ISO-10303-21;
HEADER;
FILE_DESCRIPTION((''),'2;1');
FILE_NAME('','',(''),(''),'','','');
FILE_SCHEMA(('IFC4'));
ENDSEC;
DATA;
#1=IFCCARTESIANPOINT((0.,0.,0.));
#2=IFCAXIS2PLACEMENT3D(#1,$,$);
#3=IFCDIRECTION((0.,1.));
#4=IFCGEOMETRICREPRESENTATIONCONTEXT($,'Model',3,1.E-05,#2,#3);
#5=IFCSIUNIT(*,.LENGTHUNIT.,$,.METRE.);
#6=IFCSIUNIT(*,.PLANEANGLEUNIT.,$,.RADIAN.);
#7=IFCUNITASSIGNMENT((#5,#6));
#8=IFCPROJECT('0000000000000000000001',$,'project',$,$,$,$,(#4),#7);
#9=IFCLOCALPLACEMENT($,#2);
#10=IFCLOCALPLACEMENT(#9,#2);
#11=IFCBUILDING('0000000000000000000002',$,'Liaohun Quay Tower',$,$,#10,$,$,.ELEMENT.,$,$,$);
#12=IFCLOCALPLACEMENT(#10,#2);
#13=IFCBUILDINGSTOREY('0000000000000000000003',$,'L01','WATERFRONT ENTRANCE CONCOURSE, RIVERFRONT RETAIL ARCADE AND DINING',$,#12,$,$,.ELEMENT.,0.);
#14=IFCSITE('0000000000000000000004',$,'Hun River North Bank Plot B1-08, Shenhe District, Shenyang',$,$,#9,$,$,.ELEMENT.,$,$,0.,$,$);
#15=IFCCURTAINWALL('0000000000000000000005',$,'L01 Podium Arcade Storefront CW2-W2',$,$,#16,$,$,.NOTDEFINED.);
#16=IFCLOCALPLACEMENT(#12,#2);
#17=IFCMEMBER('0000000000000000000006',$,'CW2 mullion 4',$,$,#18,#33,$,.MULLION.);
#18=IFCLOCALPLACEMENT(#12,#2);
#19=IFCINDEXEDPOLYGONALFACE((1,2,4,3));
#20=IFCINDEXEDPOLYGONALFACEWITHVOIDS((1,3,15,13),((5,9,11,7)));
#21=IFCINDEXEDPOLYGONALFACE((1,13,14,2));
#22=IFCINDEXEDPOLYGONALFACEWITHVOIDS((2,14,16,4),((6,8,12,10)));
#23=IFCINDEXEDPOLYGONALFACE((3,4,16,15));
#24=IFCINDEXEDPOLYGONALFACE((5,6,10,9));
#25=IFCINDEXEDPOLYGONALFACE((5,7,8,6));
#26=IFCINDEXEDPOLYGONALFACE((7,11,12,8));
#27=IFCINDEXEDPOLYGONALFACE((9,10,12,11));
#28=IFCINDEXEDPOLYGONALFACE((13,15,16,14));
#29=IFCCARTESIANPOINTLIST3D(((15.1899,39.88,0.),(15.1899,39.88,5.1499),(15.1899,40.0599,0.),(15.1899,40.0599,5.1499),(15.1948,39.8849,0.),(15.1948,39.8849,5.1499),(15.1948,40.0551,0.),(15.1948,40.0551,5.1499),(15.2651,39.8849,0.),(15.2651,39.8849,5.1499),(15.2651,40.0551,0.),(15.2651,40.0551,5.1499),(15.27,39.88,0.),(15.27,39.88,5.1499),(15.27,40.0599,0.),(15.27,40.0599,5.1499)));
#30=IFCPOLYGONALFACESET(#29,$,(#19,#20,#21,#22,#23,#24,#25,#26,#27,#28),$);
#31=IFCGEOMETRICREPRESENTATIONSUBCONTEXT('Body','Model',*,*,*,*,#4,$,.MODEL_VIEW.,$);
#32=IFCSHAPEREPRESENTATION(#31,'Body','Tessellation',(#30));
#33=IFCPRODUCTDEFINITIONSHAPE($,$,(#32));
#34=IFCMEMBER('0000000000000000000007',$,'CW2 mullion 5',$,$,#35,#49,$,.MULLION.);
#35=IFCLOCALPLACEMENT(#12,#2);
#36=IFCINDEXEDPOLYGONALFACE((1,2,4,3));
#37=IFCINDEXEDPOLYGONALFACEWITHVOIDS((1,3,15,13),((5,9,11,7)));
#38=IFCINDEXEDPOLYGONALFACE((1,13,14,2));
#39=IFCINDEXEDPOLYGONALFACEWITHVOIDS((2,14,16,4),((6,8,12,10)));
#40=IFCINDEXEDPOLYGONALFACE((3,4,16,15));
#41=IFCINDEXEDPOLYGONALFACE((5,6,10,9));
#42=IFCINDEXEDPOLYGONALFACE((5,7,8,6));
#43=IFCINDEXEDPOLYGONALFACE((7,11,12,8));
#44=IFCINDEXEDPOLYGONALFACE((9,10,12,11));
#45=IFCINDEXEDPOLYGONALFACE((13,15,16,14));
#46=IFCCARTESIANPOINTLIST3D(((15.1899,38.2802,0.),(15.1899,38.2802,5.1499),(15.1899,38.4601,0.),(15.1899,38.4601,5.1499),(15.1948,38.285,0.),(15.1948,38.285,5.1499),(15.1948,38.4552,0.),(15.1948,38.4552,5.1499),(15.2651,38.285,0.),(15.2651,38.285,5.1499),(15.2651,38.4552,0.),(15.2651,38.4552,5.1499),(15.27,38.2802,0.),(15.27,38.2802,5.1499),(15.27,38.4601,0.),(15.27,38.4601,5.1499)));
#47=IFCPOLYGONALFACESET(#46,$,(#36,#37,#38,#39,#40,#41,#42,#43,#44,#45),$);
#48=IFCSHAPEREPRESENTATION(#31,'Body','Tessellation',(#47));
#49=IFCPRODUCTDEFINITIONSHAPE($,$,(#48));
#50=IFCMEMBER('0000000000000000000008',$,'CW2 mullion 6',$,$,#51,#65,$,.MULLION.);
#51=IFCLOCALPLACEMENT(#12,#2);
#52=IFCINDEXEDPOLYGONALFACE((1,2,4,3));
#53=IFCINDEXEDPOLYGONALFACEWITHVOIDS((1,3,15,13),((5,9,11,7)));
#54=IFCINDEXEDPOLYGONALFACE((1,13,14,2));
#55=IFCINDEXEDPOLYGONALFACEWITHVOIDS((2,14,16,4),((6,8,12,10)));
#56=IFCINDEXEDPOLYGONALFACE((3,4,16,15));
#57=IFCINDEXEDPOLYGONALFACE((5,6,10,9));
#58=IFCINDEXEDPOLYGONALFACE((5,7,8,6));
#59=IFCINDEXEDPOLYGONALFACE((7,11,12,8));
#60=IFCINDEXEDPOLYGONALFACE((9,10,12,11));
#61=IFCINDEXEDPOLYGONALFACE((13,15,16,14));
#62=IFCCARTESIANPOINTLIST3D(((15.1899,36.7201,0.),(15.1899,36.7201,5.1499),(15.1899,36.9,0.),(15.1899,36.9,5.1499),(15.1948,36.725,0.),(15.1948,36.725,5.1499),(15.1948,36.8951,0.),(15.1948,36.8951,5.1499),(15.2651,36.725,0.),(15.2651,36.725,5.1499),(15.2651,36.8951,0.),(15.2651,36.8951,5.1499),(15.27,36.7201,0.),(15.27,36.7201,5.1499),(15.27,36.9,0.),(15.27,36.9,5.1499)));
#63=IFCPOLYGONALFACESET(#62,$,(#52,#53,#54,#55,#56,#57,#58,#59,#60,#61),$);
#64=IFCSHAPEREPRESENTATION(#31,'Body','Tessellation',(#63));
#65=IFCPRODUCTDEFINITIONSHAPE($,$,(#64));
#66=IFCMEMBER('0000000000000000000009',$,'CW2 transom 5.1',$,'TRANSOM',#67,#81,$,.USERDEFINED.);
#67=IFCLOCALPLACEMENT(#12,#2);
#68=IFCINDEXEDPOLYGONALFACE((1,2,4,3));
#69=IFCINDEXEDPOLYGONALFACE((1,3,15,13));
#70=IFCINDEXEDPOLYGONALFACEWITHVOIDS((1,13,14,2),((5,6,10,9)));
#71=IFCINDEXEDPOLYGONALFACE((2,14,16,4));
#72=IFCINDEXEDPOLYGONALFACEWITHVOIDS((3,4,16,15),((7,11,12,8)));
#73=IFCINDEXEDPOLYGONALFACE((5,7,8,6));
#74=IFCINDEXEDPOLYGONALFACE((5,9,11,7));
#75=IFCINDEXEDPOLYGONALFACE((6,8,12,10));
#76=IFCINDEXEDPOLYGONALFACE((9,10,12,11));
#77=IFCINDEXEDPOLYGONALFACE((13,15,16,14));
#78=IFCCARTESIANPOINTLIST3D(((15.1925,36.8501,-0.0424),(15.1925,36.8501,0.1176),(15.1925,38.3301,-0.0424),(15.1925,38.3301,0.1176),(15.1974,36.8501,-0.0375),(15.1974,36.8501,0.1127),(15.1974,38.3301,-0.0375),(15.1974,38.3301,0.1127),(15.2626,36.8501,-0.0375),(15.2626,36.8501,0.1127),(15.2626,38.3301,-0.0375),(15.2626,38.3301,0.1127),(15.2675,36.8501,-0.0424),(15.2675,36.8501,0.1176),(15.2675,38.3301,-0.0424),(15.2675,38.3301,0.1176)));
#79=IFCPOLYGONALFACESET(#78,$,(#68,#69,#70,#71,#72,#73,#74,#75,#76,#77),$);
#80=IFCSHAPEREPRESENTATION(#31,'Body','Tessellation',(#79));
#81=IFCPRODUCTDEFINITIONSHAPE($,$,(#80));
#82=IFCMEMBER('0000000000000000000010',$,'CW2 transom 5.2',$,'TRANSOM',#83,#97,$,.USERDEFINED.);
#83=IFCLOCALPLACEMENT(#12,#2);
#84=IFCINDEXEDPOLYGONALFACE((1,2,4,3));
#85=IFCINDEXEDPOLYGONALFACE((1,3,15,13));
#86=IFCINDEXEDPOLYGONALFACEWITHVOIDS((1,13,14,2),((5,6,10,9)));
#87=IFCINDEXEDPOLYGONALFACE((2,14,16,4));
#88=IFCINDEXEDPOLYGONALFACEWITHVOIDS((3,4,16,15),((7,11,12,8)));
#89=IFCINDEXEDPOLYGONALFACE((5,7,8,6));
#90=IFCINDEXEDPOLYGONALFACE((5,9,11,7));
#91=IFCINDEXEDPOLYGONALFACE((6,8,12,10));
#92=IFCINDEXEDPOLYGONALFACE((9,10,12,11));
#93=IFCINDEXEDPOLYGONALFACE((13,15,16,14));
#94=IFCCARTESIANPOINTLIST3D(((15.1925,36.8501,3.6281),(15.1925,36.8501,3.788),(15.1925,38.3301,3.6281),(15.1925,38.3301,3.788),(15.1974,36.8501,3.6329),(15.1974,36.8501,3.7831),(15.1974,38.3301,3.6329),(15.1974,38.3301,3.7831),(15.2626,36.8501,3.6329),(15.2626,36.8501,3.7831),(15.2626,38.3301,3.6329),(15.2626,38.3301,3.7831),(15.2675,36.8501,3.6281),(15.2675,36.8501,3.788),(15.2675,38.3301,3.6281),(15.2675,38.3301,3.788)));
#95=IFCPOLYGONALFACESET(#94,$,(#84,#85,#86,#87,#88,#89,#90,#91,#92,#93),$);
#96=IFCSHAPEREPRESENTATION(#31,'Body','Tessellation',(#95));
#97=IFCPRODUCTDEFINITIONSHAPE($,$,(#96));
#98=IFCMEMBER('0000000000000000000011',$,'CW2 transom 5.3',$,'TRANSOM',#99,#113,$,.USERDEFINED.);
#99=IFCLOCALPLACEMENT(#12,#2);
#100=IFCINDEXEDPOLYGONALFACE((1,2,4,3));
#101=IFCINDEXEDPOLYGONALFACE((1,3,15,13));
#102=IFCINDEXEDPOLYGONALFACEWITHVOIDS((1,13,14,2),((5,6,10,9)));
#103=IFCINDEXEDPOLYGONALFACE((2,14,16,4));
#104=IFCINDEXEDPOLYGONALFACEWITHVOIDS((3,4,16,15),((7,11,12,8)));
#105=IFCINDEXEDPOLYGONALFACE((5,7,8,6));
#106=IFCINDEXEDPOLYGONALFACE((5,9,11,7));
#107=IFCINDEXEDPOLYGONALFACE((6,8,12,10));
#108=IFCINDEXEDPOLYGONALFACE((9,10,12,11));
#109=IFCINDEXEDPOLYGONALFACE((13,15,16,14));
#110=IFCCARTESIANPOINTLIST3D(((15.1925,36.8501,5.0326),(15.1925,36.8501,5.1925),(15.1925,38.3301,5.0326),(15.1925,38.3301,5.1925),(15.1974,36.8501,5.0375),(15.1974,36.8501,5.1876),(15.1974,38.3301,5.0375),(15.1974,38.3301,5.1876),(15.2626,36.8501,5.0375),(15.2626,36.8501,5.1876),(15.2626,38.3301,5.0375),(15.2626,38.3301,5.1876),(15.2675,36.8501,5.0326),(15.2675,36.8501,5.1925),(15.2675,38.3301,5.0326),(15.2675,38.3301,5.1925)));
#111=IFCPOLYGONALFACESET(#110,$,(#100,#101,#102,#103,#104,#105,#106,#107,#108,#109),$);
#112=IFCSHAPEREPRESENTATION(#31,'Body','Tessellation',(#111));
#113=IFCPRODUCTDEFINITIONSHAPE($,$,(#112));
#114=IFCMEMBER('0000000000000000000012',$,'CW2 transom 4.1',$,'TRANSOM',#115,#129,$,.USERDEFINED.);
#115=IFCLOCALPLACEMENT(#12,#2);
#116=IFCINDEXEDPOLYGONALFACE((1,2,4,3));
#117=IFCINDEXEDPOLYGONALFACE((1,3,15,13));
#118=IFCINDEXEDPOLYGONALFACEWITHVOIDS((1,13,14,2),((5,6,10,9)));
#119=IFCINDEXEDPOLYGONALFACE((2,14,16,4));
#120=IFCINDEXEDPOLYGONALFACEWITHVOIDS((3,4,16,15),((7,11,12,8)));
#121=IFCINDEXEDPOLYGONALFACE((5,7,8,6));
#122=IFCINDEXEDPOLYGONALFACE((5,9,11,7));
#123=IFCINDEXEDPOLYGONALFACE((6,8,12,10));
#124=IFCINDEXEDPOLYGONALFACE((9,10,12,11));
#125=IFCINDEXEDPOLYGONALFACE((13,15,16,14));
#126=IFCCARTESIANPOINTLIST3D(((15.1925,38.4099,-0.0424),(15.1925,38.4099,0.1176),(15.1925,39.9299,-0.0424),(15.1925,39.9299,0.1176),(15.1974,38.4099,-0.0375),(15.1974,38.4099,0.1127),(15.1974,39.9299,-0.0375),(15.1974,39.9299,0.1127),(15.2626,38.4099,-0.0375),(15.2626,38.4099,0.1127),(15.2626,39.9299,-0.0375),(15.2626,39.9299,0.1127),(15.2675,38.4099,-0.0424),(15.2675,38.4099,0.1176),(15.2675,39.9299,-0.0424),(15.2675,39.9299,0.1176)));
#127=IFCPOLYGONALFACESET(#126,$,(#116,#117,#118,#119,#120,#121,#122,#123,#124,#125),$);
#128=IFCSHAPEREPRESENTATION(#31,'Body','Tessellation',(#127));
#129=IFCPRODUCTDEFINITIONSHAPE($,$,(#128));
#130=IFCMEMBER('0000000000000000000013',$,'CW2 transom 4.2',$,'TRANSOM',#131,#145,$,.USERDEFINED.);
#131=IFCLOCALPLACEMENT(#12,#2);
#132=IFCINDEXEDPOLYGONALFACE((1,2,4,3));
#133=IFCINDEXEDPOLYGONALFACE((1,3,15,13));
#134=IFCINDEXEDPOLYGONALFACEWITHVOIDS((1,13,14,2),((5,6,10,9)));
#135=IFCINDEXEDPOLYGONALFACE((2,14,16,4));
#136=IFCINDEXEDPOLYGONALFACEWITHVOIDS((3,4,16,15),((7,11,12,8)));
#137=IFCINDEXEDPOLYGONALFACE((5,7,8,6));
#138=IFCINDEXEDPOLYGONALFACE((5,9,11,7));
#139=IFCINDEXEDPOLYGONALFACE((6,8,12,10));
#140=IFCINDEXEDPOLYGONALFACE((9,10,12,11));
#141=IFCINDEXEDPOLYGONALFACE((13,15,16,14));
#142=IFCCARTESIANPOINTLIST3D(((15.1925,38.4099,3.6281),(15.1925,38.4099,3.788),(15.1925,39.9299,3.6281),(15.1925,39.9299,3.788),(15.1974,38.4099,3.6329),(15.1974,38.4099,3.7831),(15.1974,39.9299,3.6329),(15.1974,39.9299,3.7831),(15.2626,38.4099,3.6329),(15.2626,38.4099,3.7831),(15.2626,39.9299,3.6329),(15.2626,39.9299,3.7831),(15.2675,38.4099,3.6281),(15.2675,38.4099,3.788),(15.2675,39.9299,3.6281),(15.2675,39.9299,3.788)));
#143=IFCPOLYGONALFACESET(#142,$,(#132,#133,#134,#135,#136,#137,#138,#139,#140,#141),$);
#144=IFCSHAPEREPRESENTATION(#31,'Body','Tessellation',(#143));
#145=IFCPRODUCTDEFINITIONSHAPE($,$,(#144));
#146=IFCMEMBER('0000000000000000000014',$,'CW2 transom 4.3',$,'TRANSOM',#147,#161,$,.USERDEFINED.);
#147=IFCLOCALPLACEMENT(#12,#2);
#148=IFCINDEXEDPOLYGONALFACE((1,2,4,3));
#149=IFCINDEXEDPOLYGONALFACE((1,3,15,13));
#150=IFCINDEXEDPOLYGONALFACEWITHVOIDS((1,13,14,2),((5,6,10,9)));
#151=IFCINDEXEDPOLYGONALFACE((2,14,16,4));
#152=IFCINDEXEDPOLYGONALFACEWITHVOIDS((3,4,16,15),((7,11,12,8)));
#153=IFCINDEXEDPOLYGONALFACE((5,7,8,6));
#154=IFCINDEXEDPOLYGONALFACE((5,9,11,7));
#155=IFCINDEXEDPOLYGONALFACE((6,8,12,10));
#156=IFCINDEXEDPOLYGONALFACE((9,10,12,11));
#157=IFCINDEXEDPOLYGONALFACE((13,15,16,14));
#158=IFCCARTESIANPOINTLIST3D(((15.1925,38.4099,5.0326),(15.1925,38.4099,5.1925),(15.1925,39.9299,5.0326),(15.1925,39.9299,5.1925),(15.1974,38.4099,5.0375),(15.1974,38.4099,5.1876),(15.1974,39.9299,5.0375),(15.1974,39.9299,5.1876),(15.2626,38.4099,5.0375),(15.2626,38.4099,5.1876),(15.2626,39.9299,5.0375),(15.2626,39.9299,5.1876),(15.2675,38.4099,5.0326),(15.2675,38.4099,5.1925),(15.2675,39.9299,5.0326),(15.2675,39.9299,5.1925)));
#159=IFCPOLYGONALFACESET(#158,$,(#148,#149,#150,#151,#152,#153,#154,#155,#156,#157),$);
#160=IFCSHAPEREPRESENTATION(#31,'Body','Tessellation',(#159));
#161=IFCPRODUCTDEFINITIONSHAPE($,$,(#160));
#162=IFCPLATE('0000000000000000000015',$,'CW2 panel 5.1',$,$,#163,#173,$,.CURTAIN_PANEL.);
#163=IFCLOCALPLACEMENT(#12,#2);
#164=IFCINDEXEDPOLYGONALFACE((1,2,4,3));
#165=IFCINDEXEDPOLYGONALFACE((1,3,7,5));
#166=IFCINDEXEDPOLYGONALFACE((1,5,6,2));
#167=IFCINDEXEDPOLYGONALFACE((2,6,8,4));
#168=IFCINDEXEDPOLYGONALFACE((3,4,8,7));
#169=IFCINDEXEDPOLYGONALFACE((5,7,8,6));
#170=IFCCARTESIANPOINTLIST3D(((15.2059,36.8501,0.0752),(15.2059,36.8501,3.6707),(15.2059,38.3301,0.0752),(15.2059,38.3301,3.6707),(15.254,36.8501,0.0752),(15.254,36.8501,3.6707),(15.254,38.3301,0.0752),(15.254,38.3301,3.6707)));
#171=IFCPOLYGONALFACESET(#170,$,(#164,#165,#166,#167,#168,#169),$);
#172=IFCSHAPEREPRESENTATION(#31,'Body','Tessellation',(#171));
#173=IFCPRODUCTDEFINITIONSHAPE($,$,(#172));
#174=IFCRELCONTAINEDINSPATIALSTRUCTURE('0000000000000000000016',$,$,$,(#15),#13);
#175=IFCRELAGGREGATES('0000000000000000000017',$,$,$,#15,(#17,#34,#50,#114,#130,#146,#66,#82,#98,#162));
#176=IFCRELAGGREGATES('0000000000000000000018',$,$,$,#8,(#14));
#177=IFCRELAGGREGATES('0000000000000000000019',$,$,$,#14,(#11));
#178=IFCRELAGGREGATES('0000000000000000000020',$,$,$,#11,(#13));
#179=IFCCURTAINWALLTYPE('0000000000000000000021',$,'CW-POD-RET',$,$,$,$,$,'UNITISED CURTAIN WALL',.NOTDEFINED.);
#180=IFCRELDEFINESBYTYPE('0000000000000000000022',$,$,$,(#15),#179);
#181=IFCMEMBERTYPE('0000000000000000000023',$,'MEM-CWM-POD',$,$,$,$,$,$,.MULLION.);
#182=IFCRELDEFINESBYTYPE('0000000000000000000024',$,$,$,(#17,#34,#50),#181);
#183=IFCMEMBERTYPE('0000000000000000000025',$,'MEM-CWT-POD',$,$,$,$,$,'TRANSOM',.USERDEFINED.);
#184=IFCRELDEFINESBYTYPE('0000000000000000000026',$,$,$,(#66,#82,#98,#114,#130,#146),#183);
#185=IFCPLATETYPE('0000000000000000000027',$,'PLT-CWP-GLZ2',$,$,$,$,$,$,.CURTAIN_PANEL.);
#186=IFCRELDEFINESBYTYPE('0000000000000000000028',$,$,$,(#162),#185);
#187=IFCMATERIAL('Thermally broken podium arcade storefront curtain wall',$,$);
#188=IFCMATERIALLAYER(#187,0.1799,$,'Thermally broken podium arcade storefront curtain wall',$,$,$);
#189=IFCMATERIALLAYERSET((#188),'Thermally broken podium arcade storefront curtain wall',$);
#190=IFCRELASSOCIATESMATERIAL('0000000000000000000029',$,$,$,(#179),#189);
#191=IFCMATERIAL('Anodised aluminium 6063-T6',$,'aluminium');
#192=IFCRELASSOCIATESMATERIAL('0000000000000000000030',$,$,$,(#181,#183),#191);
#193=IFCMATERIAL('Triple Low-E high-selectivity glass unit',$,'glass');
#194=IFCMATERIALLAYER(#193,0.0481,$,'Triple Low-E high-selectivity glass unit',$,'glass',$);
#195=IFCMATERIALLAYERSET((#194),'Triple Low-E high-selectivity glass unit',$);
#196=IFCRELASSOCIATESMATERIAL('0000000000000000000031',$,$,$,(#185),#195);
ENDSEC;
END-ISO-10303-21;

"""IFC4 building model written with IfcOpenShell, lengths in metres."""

from ifc_helpers import new_model, si_unit, direction, frame, origin, origin_2d, place, context, subcontext, project, spatial, rectangle, hollow_rectangle, extrude, source, transform, mapped, material, layer, layer_set, material_profile, profile_set, type_object, element, aggregate, save


model = new_model("IFC4")

# Units and contexts
model_context = context("Model", 3, precision=1e-05, world=origin(), true_north=direction((0.0, 1.0)))
body_context = subcontext(model_context, "Body", "Model", "MODEL_VIEW")
ifc_project = project(units=[si_unit("LENGTHUNIT", "METRE"), si_unit("PLANEANGLEUNIT", "RADIAN")], contexts=[model_context])

# Site, building, storey
site_placement = place(None, origin())
site = spatial("IfcSite", under=ifc_project, at=site_placement, Name="Hun River North Bank Plot B1-08, Shenhe District, Shenyang", CompositionType="ELEMENT", RefElevation=0.0)
building_placement = place(site_placement, origin())
building = spatial("IfcBuilding", under=site, at=building_placement, Name="Liaohun Quay Tower", CompositionType="ELEMENT")
storey_placement = place(building_placement, origin())
storey = spatial("IfcBuildingStorey", under=building, at=storey_placement, Name="L01", Description="WATERFRONT ENTRANCE CONCOURSE, RIVERFRONT RETAIL ARCADE AND DINING", CompositionType="ELEMENT", Elevation=0.0)

# Curtain wall, members, plate
ifc_material_1 = material(Name="Thermally broken podium arcade storefront curtain wall")
ifc_layer_1 = layer(ifc_material_1, 0.1799, Name="Thermally broken podium arcade storefront curtain wall")
ifc_layer_set_1 = layer_set([ifc_layer_1], Name="Thermally broken podium arcade storefront curtain wall")
curtain_wall_type = type_object("IfcCurtainWallType", Name="CW-POD-RET", ElementType="UNITISED CURTAIN WALL", PredefinedType="NOTDEFINED", material=ifc_layer_set_1)
curtain_wall_placement = place(storey_placement, origin())
curtain_wall = element("IfcCurtainWall", 1, at=curtain_wall_placement, inside=storey, type_object=curtain_wall_type, Name="L01 Podium Arcade Storefront CW2-W2", PredefinedType="NOTDEFINED")
ifc_material_2 = material(Name="Anodised aluminium 6063-T6", Category="aluminium")
ifc_material_profile_1 = material_profile(ifc_material_2, hollow_rectangle(XDim=0.0801, YDim=0.1799, WallThickness=0.0049, at=origin_2d()), Name="RHS180x80x5")
ifc_profile_set_1 = profile_set([ifc_material_profile_1], Name="Anodised aluminium 6063-T6")
member_type_1 = type_object("IfcMemberType", Name="MEM-CWM-POD", PredefinedType="MULLION", material=ifc_profile_set_1)
shared_shape_1 = source(origin(), body_context, "Body", "SweptSolid", [
    extrude(hollow_rectangle(XDim=0.0801, YDim=0.1799, WallThickness=0.0049, at=origin_2d()), origin(), (0.0, 0.0, 1.0), 5.1499),
])
member_1_placement = place(storey_placement, frame((15.23, 39.97, 0.0), z_axis=(0.0, 0.0, 1.0), x_axis=(1.0, 0.0, 0.0)))
member_1 = element("IfcMember", 2, at=member_1_placement, type_object=member_type_1, Name="CW2 mullion 4", PredefinedType="MULLION", context=body_context, shape_type="MappedRepresentation", body=[
    mapped(shared_shape_1, transform((0.0, 0.0, 0.0), x_axis=(1.0, 0.0, 0.0), y_axis=(0.0, 1.0, 0.0), z_axis=(0.0, 0.0, 1.0), scale=1.0)),
])
member_2_placement = place(storey_placement, frame((15.23, 38.3701, 0.0), z_axis=(0.0, 0.0, 1.0), x_axis=(1.0, 0.0, 0.0)))
member_2 = element("IfcMember", 3, at=member_2_placement, type_object=member_type_1, Name="CW2 mullion 5", PredefinedType="MULLION", context=body_context, shape_type="MappedRepresentation", body=[
    mapped(shared_shape_1, transform((0.0, 0.0, 0.0), x_axis=(1.0, 0.0, 0.0), y_axis=(0.0, 1.0, 0.0), z_axis=(0.0, 0.0, 1.0), scale=1.0)),
])
member_3_placement = place(storey_placement, frame((15.23, 36.8101, 0.0), z_axis=(0.0, 0.0, 1.0), x_axis=(1.0, 0.0, 0.0)))
member_3 = element("IfcMember", 4, at=member_3_placement, type_object=member_type_1, Name="CW2 mullion 6", PredefinedType="MULLION", context=body_context, shape_type="MappedRepresentation", body=[
    mapped(shared_shape_1, transform((0.0, 0.0, 0.0), x_axis=(1.0, 0.0, 0.0), y_axis=(0.0, 1.0, 0.0), z_axis=(0.0, 0.0, 1.0), scale=1.0)),
])
ifc_material_profile_2 = material_profile(ifc_material_2, hollow_rectangle(XDim=0.075, YDim=0.1599, WallThickness=0.0049, at=origin_2d()), Name="RHS160x75x5")
ifc_profile_set_2 = profile_set([ifc_material_profile_2], Name="Anodised aluminium 6063-T6")
member_type_2 = type_object("IfcMemberType", Name="MEM-CWT-POD", ElementType="TRANSOM", PredefinedType="USERDEFINED", material=ifc_profile_set_2)
shared_shape_2 = source(origin(), body_context, "Body", "SweptSolid", [
    extrude(hollow_rectangle(XDim=0.075, YDim=0.1599, WallThickness=0.0049, at=origin_2d()), origin(), (0.0, 0.0, 1.0), 1.48),
])
member_4_placement = place(storey_placement, frame((15.23, 38.3301, 0.0376), z_axis=(0.0, -1.0, 0.0), x_axis=(1.0, 0.0, 0.0)))
member_4 = element("IfcMember", 5, at=member_4_placement, type_object=member_type_2, Name="CW2 transom 5.1", ObjectType="TRANSOM", PredefinedType="USERDEFINED", context=body_context, shape_type="MappedRepresentation", body=[
    mapped(shared_shape_2, transform((0.0, 0.0, 0.0), x_axis=(1.0, 0.0, 0.0), y_axis=(0.0, 1.0, 0.0), z_axis=(0.0, 0.0, 1.0), scale=1.0)),
])
member_5_placement = place(storey_placement, frame((15.23, 38.3301, 3.708), z_axis=(0.0, -1.0, 0.0), x_axis=(1.0, 0.0, 0.0)))
member_5 = element("IfcMember", 6, at=member_5_placement, type_object=member_type_2, Name="CW2 transom 5.2", ObjectType="TRANSOM", PredefinedType="USERDEFINED", context=body_context, shape_type="MappedRepresentation", body=[
    mapped(shared_shape_2, transform((0.0, 0.0, 0.0), x_axis=(1.0, 0.0, 0.0), y_axis=(0.0, 1.0, 0.0), z_axis=(0.0, 0.0, 1.0), scale=1.0)),
])
member_6_placement = place(storey_placement, frame((15.23, 38.3301, 5.1125), z_axis=(0.0, -1.0, 0.0), x_axis=(1.0, 0.0, 0.0)))
member_6 = element("IfcMember", 7, at=member_6_placement, type_object=member_type_2, Name="CW2 transom 5.3", ObjectType="TRANSOM", PredefinedType="USERDEFINED", context=body_context, shape_type="MappedRepresentation", body=[
    mapped(shared_shape_2, transform((0.0, 0.0, 0.0), x_axis=(1.0, 0.0, 0.0), y_axis=(0.0, 1.0, 0.0), z_axis=(0.0, 0.0, 1.0), scale=1.0)),
])
shared_shape_3 = source(origin(), body_context, "Body", "SweptSolid", [
    extrude(hollow_rectangle(XDim=0.075, YDim=0.1599, WallThickness=0.0049, at=origin_2d()), origin(), (0.0, 0.0, 1.0), 1.52),
])
member_7_placement = place(storey_placement, frame((15.23, 39.9299, 0.0376), z_axis=(0.0, -1.0, 0.0), x_axis=(1.0, 0.0, 0.0)))
member_7 = element("IfcMember", 8, at=member_7_placement, type_object=member_type_2, Name="CW2 transom 4.1", ObjectType="TRANSOM", PredefinedType="USERDEFINED", context=body_context, shape_type="MappedRepresentation", body=[
    mapped(shared_shape_3, transform((0.0, 0.0, 0.0), x_axis=(1.0, 0.0, 0.0), y_axis=(0.0, 1.0, 0.0), z_axis=(0.0, 0.0, 1.0), scale=1.0)),
])
member_8_placement = place(storey_placement, frame((15.23, 39.9299, 3.708), z_axis=(0.0, -1.0, 0.0), x_axis=(1.0, 0.0, 0.0)))
member_8 = element("IfcMember", 9, at=member_8_placement, type_object=member_type_2, Name="CW2 transom 4.2", ObjectType="TRANSOM", PredefinedType="USERDEFINED", context=body_context, shape_type="MappedRepresentation", body=[
    mapped(shared_shape_3, transform((0.0, 0.0, 0.0), x_axis=(1.0, 0.0, 0.0), y_axis=(0.0, 1.0, 0.0), z_axis=(0.0, 0.0, 1.0), scale=1.0)),
])
member_9_placement = place(storey_placement, frame((15.23, 39.9299, 5.1125), z_axis=(0.0, -1.0, 0.0), x_axis=(1.0, 0.0, 0.0)))
member_9 = element("IfcMember", 10, at=member_9_placement, type_object=member_type_2, Name="CW2 transom 4.3", ObjectType="TRANSOM", PredefinedType="USERDEFINED", context=body_context, shape_type="MappedRepresentation", body=[
    mapped(shared_shape_3, transform((0.0, 0.0, 0.0), x_axis=(1.0, 0.0, 0.0), y_axis=(0.0, 1.0, 0.0), z_axis=(0.0, 0.0, 1.0), scale=1.0)),
])
ifc_material_3 = material(Name="Triple Low-E high-selectivity glass unit", Category="glass")
ifc_layer_2 = layer(ifc_material_3, 0.0481, Name="Triple Low-E high-selectivity glass unit", Category="glass")
ifc_layer_set_2 = layer_set([ifc_layer_2], Name="Triple Low-E high-selectivity glass unit")
plate_type = type_object("IfcPlateType", Name="PLT-CWP-GLZ2", PredefinedType="CURTAIN_PANEL", material=ifc_layer_set_2)
shared_shape_4 = source(origin(), body_context, "Body", "SweptSolid", [
    extrude(rectangle(XDim=1.48, YDim=0.0481, at=origin_2d()), origin(), (0.0, 0.0, 1.0), 3.5955),
])
plate_1_placement = place(storey_placement, frame((15.23, 37.5901, 0.0752), z_axis=(0.0, 0.0, 1.0), x_axis=(0.0, -1.0, 0.0)))
plate_1 = element("IfcPlate", 11, at=plate_1_placement, type_object=plate_type, Name="CW2 panel 5.1", PredefinedType="CURTAIN_PANEL", context=body_context, shape_type="MappedRepresentation", body=[
    mapped(shared_shape_4, transform((0.0, 0.0, 0.0), x_axis=(1.0, 0.0, 0.0), y_axis=(0.0, 1.0, 0.0), z_axis=(0.0, 0.0, 1.0), scale=1.0)),
])
aggregate(curtain_wall, [member_1, member_2, member_3, member_7, member_8, member_9, member_4, member_5, member_6, plate_1])

save(model, "model.ifc")
